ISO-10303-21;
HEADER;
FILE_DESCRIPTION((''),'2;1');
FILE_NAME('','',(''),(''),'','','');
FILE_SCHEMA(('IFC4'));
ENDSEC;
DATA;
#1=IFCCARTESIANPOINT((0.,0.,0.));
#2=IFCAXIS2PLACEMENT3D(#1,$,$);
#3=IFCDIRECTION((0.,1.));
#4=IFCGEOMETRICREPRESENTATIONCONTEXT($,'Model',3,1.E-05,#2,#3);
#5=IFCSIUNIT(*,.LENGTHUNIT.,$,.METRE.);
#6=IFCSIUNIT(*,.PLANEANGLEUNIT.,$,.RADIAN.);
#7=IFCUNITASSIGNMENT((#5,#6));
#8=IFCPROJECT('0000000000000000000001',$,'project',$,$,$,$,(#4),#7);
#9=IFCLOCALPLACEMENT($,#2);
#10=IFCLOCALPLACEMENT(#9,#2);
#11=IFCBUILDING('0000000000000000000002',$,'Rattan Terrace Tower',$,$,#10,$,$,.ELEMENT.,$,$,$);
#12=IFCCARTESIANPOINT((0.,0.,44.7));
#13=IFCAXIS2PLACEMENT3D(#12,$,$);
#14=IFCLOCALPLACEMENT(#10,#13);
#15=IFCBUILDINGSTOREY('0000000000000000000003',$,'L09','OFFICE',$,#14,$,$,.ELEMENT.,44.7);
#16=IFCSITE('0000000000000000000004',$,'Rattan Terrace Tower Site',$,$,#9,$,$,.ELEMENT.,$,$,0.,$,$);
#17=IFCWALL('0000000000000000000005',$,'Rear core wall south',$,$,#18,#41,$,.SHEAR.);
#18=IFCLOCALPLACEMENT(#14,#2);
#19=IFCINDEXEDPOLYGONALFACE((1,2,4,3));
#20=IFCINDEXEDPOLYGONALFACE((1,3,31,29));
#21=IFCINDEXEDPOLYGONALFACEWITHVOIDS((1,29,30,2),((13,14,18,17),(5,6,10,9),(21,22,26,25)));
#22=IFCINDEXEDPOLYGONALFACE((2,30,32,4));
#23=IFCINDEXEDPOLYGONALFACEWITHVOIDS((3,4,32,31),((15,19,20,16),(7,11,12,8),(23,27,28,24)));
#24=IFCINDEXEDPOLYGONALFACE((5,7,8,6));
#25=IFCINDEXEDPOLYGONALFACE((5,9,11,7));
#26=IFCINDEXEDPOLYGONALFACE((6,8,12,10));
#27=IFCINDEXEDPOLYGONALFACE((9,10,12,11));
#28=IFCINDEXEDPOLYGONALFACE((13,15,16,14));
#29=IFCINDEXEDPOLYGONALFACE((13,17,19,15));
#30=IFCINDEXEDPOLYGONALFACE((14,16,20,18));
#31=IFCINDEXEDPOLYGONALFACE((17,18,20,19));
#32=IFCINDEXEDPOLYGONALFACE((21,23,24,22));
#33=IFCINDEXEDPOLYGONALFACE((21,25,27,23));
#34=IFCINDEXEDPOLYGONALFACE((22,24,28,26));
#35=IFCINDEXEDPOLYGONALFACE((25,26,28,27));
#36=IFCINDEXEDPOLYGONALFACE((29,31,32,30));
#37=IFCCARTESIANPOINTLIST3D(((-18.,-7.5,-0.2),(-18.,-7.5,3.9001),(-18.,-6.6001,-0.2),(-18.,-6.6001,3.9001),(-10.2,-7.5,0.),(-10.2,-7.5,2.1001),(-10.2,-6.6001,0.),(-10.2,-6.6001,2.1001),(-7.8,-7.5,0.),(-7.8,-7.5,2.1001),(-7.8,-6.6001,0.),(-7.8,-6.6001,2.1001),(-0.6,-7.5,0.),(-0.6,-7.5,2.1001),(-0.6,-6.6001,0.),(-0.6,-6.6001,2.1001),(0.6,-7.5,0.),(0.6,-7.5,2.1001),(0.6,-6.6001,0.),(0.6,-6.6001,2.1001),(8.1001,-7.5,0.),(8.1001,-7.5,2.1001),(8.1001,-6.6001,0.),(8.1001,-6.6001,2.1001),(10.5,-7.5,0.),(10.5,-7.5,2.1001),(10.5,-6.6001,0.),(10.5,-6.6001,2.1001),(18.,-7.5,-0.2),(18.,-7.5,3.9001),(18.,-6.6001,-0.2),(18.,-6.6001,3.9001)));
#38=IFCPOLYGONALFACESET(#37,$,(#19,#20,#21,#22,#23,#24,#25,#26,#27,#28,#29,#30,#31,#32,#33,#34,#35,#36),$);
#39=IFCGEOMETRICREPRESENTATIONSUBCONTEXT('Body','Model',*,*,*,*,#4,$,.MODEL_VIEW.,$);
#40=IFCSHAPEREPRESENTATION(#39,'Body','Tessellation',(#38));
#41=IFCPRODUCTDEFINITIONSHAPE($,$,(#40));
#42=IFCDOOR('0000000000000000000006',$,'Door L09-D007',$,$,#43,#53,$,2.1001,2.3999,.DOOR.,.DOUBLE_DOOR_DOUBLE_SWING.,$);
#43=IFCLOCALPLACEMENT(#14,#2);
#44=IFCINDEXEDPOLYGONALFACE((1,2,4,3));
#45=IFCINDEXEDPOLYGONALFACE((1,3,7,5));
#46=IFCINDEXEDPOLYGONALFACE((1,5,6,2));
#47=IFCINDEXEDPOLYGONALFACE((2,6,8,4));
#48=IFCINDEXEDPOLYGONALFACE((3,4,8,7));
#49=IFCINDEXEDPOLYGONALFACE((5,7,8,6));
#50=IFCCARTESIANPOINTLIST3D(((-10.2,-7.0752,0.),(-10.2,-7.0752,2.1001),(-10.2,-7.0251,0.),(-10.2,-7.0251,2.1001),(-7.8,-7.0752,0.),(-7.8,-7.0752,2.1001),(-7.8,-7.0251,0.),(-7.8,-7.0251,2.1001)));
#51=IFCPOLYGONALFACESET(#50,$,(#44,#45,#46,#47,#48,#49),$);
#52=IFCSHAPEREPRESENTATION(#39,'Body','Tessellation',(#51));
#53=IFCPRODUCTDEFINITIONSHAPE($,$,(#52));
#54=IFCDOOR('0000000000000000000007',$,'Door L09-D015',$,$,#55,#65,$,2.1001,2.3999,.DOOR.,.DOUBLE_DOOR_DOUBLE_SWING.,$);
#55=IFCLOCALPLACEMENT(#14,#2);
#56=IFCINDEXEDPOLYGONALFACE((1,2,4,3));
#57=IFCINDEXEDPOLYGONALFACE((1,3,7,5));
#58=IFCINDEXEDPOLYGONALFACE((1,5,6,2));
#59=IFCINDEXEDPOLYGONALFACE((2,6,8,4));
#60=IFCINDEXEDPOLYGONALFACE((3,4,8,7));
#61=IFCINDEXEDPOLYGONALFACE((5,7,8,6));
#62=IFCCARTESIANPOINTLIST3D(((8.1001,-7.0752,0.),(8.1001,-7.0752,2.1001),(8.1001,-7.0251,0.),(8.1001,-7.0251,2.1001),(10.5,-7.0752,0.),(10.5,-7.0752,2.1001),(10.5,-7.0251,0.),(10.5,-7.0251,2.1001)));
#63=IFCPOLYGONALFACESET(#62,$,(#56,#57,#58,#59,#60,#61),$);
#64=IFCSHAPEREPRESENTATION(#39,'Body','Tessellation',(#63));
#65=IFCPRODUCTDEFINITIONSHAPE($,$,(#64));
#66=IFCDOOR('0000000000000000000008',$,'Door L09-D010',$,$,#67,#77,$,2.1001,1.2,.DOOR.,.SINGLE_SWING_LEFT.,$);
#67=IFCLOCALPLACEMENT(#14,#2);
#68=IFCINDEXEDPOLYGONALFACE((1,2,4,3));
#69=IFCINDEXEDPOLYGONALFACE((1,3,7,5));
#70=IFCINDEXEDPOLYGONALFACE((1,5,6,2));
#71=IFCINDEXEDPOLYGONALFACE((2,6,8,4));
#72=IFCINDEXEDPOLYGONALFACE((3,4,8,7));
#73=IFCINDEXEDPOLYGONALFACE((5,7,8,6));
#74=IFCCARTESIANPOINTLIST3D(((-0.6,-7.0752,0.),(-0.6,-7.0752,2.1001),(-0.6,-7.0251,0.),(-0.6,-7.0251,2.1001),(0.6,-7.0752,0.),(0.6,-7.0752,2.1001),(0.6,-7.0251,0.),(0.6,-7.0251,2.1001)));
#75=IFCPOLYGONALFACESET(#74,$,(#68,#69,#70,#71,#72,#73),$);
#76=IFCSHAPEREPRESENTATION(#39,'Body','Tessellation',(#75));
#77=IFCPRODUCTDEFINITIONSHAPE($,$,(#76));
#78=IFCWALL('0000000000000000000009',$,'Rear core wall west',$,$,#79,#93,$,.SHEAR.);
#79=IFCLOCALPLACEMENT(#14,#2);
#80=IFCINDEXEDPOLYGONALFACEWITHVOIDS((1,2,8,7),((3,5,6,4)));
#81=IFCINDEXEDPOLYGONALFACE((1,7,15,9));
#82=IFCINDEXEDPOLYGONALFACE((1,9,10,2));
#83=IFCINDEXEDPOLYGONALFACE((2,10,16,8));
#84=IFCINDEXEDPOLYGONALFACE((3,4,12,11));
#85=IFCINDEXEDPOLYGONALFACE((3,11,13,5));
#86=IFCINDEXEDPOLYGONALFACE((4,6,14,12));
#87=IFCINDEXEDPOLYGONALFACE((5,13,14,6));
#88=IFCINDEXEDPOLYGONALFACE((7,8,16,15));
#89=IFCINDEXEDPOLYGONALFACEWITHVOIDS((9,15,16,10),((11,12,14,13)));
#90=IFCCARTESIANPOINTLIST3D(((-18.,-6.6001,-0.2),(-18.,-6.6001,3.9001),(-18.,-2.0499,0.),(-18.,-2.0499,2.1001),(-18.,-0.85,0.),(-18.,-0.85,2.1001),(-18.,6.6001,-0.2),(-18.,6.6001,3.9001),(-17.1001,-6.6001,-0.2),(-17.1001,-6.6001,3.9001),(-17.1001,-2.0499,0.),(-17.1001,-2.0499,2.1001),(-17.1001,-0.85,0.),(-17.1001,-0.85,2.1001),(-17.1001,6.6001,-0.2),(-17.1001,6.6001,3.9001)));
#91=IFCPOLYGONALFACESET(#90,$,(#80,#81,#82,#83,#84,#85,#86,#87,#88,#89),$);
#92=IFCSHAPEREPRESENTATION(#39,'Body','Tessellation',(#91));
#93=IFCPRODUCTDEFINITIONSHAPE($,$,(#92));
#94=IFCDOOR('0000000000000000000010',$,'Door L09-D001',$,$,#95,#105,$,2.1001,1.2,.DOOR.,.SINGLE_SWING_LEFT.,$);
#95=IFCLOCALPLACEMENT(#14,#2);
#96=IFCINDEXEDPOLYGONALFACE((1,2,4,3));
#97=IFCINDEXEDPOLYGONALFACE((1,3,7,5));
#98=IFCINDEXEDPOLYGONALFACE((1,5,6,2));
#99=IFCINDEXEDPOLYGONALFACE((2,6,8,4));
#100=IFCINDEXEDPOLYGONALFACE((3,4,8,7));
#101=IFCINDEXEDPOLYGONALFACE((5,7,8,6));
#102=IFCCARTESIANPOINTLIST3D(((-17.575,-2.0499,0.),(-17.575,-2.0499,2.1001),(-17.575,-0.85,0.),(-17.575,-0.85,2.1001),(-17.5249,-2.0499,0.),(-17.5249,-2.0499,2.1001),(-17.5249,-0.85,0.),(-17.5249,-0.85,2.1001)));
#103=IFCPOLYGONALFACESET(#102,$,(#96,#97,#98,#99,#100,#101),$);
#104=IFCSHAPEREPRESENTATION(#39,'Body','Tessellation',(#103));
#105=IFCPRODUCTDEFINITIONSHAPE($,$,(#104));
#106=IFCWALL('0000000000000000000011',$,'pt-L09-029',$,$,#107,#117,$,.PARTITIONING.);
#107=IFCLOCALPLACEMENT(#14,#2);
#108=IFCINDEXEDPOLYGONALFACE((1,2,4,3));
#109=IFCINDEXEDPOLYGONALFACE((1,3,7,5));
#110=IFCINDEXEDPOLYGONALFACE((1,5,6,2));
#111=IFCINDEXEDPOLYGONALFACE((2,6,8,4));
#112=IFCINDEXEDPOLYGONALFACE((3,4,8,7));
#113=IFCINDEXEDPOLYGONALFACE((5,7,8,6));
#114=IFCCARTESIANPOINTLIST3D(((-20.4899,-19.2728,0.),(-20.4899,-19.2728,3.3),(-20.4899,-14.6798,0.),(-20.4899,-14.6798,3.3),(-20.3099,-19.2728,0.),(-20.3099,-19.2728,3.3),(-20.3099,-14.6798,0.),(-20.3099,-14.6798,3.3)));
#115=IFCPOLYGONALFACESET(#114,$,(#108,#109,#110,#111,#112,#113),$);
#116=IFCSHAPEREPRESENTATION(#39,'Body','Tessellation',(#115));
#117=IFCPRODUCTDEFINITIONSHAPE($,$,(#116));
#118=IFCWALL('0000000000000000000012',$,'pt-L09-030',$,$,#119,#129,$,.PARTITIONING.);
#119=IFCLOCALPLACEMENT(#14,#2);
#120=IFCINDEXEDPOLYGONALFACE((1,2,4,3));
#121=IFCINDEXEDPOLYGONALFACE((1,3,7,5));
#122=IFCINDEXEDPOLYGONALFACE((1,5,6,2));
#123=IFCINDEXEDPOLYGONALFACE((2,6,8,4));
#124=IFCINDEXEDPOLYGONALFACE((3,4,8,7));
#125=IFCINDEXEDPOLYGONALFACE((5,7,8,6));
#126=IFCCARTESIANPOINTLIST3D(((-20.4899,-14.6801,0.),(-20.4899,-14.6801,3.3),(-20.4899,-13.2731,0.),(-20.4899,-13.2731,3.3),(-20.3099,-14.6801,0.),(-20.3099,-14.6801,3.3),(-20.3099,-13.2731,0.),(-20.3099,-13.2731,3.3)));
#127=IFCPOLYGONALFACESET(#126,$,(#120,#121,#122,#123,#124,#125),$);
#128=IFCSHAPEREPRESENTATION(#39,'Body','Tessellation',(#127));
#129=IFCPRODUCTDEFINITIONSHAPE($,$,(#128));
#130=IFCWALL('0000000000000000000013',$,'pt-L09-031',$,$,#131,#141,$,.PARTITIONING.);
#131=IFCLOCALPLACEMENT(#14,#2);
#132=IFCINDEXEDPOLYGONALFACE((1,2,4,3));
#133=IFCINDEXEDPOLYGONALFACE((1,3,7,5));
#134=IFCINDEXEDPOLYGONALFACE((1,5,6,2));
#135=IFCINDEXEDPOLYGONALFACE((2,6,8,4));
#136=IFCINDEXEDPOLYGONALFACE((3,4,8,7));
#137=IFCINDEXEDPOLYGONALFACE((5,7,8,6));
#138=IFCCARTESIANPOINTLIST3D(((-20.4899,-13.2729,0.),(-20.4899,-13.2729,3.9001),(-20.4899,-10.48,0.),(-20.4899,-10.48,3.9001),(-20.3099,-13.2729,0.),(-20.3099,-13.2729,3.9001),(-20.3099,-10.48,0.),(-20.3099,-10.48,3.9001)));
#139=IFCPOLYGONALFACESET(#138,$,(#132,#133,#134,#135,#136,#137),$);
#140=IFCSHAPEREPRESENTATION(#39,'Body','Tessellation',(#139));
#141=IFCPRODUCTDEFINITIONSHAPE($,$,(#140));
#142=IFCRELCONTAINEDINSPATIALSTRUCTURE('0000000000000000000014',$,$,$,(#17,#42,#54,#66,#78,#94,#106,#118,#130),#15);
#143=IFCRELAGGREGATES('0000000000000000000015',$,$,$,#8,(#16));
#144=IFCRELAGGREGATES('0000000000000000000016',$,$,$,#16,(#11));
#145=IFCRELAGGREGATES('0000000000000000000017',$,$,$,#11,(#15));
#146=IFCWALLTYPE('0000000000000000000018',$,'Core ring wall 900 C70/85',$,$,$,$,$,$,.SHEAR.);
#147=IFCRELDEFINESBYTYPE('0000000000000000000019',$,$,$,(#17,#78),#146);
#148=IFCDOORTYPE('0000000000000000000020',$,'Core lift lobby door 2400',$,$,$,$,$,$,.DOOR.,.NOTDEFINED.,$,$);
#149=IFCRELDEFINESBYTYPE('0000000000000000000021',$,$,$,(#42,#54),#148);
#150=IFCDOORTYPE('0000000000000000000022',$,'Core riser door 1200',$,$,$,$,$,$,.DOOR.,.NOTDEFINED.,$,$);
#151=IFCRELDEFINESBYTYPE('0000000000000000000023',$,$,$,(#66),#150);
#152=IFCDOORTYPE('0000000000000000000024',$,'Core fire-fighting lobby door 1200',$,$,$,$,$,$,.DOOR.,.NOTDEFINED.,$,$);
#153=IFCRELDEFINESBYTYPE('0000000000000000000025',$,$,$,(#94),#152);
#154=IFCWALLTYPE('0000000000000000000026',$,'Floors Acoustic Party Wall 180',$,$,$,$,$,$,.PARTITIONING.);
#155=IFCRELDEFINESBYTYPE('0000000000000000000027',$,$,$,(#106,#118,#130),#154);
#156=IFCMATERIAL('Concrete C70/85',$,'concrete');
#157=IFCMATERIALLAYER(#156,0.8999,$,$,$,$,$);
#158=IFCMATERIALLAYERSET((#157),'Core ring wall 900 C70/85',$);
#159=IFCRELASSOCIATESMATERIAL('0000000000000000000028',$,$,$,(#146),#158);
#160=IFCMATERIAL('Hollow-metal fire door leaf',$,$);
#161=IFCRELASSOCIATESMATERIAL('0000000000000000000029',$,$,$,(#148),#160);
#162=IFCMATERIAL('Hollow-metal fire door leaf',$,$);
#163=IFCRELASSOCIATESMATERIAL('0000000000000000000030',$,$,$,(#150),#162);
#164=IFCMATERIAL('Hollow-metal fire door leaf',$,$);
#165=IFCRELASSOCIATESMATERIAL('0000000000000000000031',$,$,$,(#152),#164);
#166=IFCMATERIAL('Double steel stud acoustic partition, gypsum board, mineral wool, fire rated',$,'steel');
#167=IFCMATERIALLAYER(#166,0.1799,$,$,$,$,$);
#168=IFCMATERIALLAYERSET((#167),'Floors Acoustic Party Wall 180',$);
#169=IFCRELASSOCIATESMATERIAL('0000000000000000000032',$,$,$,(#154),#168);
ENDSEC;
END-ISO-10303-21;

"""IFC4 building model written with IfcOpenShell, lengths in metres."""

from ifc_helpers import new_model, si_unit, direction, frame, frame_2d, origin, place, context, subcontext, project, spatial, rectangle, extrude, material, layer, layer_set, type_object, element, fill, save


model = new_model("IFC4")

# Units and contexts
model_context = context("Model", 3, precision=1e-05, world=origin(), true_north=direction((0.0, 1.0)))
body_context = subcontext(model_context, "Body", "Model", "MODEL_VIEW")
ifc_project = project(units=[si_unit("LENGTHUNIT", "METRE"), si_unit("PLANEANGLEUNIT", "RADIAN")], contexts=[model_context])

# Site, building, storey
site_placement = place(None, origin())
site = spatial("IfcSite", under=ifc_project, at=site_placement, Name="Rattan Terrace Tower Site", CompositionType="ELEMENT", RefElevation=0.0)
building_placement = place(site_placement, origin())
building = spatial("IfcBuilding", under=site, at=building_placement, Name="Rattan Terrace Tower", CompositionType="ELEMENT")
storey_placement = place(building_placement, frame((0.0, 0.0, 44.7)))
storey = spatial("IfcBuildingStorey", under=building, at=storey_placement, Name="L09", Description="OFFICE", CompositionType="ELEMENT", Elevation=44.7)

# Wall, openings, doors
ifc_material_1 = material(Name="Concrete C70/85", Category="concrete")
ifc_layer_1 = layer(ifc_material_1, 0.8999)
ifc_layer_set_1 = layer_set([ifc_layer_1], Name="Core ring wall 900 C70/85")
wall_type_1 = type_object("IfcWallType", Name="Core ring wall 900 C70/85", PredefinedType="SHEAR", material=ifc_layer_set_1)
wall_1_placement = place(storey_placement, frame((-18.0, -7.05, -0.2), z_axis=(0.0, 0.0, 1.0), x_axis=(1.0, 0.0, 0.0)))
wall_1 = element("IfcWall", 1, at=wall_1_placement, inside=storey, type_object=wall_type_1, Name="Rear core wall south", PredefinedType="SHEAR", context=body_context, shape_type="SweptSolid", body=[
    extrude(rectangle(XDim=36.0, YDim=0.8999, at=frame_2d((18.0, 0.0))), origin(), (0.0, 0.0, 1.0), 4.1001),
])
opening_1_placement = place(wall_1_placement, frame((7.8, 0.0, 0.2)))
opening_1 = element("IfcOpeningElement", 2, at=opening_1_placement, cuts=wall_1, PredefinedType="OPENING", context=body_context, shape_type="SweptSolid", body=[
    extrude(rectangle(XDim=2.3999, YDim=2.1001, at=frame_2d((1.2, 1.05))), frame((0.0, 0.4604, 0.0), z_axis=(0.0, -1.0, 0.0), x_axis=(1.0, 0.0, 0.0)), (0.0, 0.0, 1.0), 0.9209),
])
opening_2_placement = place(wall_1_placement, frame((17.3999, 0.0, 0.2)))
opening_2 = element("IfcOpeningElement", 3, at=opening_2_placement, cuts=wall_1, PredefinedType="OPENING", context=body_context, shape_type="SweptSolid", body=[
    extrude(rectangle(XDim=1.2, YDim=2.1001, at=frame_2d((0.6001, 1.05))), frame((0.0, 0.4604, 0.0), z_axis=(0.0, -1.0, 0.0), x_axis=(1.0, 0.0, 0.0)), (0.0, 0.0, 1.0), 0.9209),
])
opening_3_placement = place(wall_1_placement, frame((26.1001, 0.0, 0.2)))
opening_3 = element("IfcOpeningElement", 4, at=opening_3_placement, cuts=wall_1, PredefinedType="OPENING", context=body_context, shape_type="SweptSolid", body=[
    extrude(rectangle(XDim=2.3999, YDim=2.1001, at=frame_2d((1.2, 1.05))), frame((0.0, 0.4604, 0.0), z_axis=(0.0, -1.0, 0.0), x_axis=(1.0, 0.0, 0.0)), (0.0, 0.0, 1.0), 0.9209),
])
ifc_material_2 = material(Name="Hollow-metal fire door leaf")
door_type_1 = type_object("IfcDoorType", Name="Core lift lobby door 2400", OperationType="NOTDEFINED", PredefinedType="DOOR", material=ifc_material_2)
door_1_placement = place(opening_1_placement, origin())
door_1 = element("IfcDoor", 5, at=door_1_placement, inside=storey, type_object=door_type_1, Name="Door L09-D007", OperationType="DOUBLE_DOOR_DOUBLE_SWING", OverallHeight=2.1001, OverallWidth=2.3999, PredefinedType="DOOR", context=body_context, shape_type="SweptSolid", body=[
    extrude(rectangle(XDim=2.3999, YDim=2.1001, at=frame_2d((1.2, 1.05))), frame((0.0, 0.0249, 0.0), z_axis=(0.0, -1.0, 0.0), x_axis=(1.0, 0.0, 0.0)), (0.0, 0.0, 1.0), 0.05),
])
fill(opening_1, door_1)
door_2_placement = place(opening_3_placement, origin())
door_2 = element("IfcDoor", 6, at=door_2_placement, inside=storey, type_object=door_type_1, Name="Door L09-D015", OperationType="DOUBLE_DOOR_DOUBLE_SWING", OverallHeight=2.1001, OverallWidth=2.3999, PredefinedType="DOOR", context=body_context, shape_type="SweptSolid", body=[
    extrude(rectangle(XDim=2.3999, YDim=2.1001, at=frame_2d((1.2, 1.05))), frame((0.0, 0.0249, 0.0), z_axis=(0.0, -1.0, 0.0), x_axis=(1.0, 0.0, 0.0)), (0.0, 0.0, 1.0), 0.05),
])
fill(opening_3, door_2)
ifc_material_3 = material(Name="Hollow-metal fire door leaf")
door_type_2 = type_object("IfcDoorType", Name="Core riser door 1200", OperationType="NOTDEFINED", PredefinedType="DOOR", material=ifc_material_3)
door_3_placement = place(opening_2_placement, origin())
door_3 = element("IfcDoor", 7, at=door_3_placement, inside=storey, type_object=door_type_2, Name="Door L09-D010", OperationType="SINGLE_SWING_LEFT", OverallHeight=2.1001, OverallWidth=1.2, PredefinedType="DOOR", context=body_context, shape_type="SweptSolid", body=[
    extrude(rectangle(XDim=1.2, YDim=2.1001, at=frame_2d((0.6001, 1.05))), frame((0.0, 0.0249, 0.0), z_axis=(0.0, -1.0, 0.0), x_axis=(1.0, 0.0, 0.0)), (0.0, 0.0, 1.0), 0.05),
])
fill(opening_2, door_3)

# Wall, opening, door
wall_2_placement = place(storey_placement, frame((-17.55, -6.6001, -0.2), z_axis=(0.0, 0.0, 1.0), x_axis=(0.0, 1.0, 0.0)))
wall_2 = element("IfcWall", 8, at=wall_2_placement, inside=storey, type_object=wall_type_1, Name="Rear core wall west", PredefinedType="SHEAR", context=body_context, shape_type="SweptSolid", body=[
    extrude(rectangle(XDim=13.2002, YDim=0.8999, at=frame_2d((6.6001, 0.0))), origin(), (0.0, 0.0, 1.0), 4.1001),
])
opening_4_placement = place(wall_2_placement, frame((4.55, 0.0, 0.2)))
opening_4 = element("IfcOpeningElement", 9, at=opening_4_placement, cuts=wall_2, PredefinedType="OPENING", context=body_context, shape_type="SweptSolid", body=[
    extrude(rectangle(XDim=1.2, YDim=2.1001, at=frame_2d((0.6001, 1.05))), frame((0.0, 0.4604, 0.0), z_axis=(0.0, -1.0, 0.0), x_axis=(1.0, 0.0, 0.0)), (0.0, 0.0, 1.0), 0.9209),
])
ifc_material_4 = material(Name="Hollow-metal fire door leaf")
door_type_3 = type_object("IfcDoorType", Name="Core fire-fighting lobby door 1200", OperationType="NOTDEFINED", PredefinedType="DOOR", material=ifc_material_4)
door_4_placement = place(opening_4_placement, origin())
door_4 = element("IfcDoor", 10, at=door_4_placement, inside=storey, type_object=door_type_3, Name="Door L09-D001", OperationType="SINGLE_SWING_LEFT", OverallHeight=2.1001, OverallWidth=1.2, PredefinedType="DOOR", context=body_context, shape_type="SweptSolid", body=[
    extrude(rectangle(XDim=1.2, YDim=2.1001, at=frame_2d((0.6001, 1.05))), frame((0.0, 0.0249, 0.0), z_axis=(0.0, -1.0, 0.0), x_axis=(1.0, 0.0, 0.0)), (0.0, 0.0, 1.0), 0.05),
])
fill(opening_4, door_4)

# Walls
ifc_material_5 = material(Name="Double steel stud acoustic partition, gypsum board, mineral wool, fire rated", Category="steel")
ifc_layer_2 = layer(ifc_material_5, 0.1799)
ifc_layer_set_2 = layer_set([ifc_layer_2], Name="Floors Acoustic Party Wall 180")
wall_type_2 = type_object("IfcWallType", Name="Floors Acoustic Party Wall 180", PredefinedType="PARTITIONING", material=ifc_layer_set_2)
wall_3_placement = place(storey_placement, frame((-20.3999, -14.6799, 0.0), z_axis=(0.0, 0.0, 1.0), x_axis=(0.0, -1.0, 0.0)))
element("IfcWall", 11, at=wall_3_placement, inside=storey, type_object=wall_type_2, Name="pt-L09-029", PredefinedType="PARTITIONING", context=body_context, shape_type="SweptSolid", body=[
    extrude(rectangle(XDim=4.593, YDim=0.1799, at=frame_2d((2.2964, 0.0))), origin(), (0.0, 0.0, 1.0), 3.3),
])
wall_4_placement = place(storey_placement, frame((-20.3999, -13.2729, 0.0), z_axis=(0.0, 0.0, 1.0), x_axis=(0.0, -1.0, 0.0)))
element("IfcWall", 12, at=wall_4_placement, inside=storey, type_object=wall_type_2, Name="pt-L09-030", PredefinedType="PARTITIONING", context=body_context, shape_type="SweptSolid", body=[
    extrude(rectangle(XDim=1.407, YDim=0.1799, at=frame_2d((0.7036, 0.0))), origin(), (0.0, 0.0, 1.0), 3.3),
])
wall_5_placement = place(storey_placement, frame((-20.3999, -10.48, 0.0), z_axis=(0.0, 0.0, 1.0), x_axis=(0.0, -1.0, 0.0)))
element("IfcWall", 13, at=wall_5_placement, inside=storey, type_object=wall_type_2, Name="pt-L09-031", PredefinedType="PARTITIONING", context=body_context, shape_type="SweptSolid", body=[
    extrude(rectangle(XDim=2.793, YDim=0.1799, at=frame_2d((1.3965, 0.0))), origin(), (0.0, 0.0, 1.0), 3.9001),
])

save(model, "model.ifc")
